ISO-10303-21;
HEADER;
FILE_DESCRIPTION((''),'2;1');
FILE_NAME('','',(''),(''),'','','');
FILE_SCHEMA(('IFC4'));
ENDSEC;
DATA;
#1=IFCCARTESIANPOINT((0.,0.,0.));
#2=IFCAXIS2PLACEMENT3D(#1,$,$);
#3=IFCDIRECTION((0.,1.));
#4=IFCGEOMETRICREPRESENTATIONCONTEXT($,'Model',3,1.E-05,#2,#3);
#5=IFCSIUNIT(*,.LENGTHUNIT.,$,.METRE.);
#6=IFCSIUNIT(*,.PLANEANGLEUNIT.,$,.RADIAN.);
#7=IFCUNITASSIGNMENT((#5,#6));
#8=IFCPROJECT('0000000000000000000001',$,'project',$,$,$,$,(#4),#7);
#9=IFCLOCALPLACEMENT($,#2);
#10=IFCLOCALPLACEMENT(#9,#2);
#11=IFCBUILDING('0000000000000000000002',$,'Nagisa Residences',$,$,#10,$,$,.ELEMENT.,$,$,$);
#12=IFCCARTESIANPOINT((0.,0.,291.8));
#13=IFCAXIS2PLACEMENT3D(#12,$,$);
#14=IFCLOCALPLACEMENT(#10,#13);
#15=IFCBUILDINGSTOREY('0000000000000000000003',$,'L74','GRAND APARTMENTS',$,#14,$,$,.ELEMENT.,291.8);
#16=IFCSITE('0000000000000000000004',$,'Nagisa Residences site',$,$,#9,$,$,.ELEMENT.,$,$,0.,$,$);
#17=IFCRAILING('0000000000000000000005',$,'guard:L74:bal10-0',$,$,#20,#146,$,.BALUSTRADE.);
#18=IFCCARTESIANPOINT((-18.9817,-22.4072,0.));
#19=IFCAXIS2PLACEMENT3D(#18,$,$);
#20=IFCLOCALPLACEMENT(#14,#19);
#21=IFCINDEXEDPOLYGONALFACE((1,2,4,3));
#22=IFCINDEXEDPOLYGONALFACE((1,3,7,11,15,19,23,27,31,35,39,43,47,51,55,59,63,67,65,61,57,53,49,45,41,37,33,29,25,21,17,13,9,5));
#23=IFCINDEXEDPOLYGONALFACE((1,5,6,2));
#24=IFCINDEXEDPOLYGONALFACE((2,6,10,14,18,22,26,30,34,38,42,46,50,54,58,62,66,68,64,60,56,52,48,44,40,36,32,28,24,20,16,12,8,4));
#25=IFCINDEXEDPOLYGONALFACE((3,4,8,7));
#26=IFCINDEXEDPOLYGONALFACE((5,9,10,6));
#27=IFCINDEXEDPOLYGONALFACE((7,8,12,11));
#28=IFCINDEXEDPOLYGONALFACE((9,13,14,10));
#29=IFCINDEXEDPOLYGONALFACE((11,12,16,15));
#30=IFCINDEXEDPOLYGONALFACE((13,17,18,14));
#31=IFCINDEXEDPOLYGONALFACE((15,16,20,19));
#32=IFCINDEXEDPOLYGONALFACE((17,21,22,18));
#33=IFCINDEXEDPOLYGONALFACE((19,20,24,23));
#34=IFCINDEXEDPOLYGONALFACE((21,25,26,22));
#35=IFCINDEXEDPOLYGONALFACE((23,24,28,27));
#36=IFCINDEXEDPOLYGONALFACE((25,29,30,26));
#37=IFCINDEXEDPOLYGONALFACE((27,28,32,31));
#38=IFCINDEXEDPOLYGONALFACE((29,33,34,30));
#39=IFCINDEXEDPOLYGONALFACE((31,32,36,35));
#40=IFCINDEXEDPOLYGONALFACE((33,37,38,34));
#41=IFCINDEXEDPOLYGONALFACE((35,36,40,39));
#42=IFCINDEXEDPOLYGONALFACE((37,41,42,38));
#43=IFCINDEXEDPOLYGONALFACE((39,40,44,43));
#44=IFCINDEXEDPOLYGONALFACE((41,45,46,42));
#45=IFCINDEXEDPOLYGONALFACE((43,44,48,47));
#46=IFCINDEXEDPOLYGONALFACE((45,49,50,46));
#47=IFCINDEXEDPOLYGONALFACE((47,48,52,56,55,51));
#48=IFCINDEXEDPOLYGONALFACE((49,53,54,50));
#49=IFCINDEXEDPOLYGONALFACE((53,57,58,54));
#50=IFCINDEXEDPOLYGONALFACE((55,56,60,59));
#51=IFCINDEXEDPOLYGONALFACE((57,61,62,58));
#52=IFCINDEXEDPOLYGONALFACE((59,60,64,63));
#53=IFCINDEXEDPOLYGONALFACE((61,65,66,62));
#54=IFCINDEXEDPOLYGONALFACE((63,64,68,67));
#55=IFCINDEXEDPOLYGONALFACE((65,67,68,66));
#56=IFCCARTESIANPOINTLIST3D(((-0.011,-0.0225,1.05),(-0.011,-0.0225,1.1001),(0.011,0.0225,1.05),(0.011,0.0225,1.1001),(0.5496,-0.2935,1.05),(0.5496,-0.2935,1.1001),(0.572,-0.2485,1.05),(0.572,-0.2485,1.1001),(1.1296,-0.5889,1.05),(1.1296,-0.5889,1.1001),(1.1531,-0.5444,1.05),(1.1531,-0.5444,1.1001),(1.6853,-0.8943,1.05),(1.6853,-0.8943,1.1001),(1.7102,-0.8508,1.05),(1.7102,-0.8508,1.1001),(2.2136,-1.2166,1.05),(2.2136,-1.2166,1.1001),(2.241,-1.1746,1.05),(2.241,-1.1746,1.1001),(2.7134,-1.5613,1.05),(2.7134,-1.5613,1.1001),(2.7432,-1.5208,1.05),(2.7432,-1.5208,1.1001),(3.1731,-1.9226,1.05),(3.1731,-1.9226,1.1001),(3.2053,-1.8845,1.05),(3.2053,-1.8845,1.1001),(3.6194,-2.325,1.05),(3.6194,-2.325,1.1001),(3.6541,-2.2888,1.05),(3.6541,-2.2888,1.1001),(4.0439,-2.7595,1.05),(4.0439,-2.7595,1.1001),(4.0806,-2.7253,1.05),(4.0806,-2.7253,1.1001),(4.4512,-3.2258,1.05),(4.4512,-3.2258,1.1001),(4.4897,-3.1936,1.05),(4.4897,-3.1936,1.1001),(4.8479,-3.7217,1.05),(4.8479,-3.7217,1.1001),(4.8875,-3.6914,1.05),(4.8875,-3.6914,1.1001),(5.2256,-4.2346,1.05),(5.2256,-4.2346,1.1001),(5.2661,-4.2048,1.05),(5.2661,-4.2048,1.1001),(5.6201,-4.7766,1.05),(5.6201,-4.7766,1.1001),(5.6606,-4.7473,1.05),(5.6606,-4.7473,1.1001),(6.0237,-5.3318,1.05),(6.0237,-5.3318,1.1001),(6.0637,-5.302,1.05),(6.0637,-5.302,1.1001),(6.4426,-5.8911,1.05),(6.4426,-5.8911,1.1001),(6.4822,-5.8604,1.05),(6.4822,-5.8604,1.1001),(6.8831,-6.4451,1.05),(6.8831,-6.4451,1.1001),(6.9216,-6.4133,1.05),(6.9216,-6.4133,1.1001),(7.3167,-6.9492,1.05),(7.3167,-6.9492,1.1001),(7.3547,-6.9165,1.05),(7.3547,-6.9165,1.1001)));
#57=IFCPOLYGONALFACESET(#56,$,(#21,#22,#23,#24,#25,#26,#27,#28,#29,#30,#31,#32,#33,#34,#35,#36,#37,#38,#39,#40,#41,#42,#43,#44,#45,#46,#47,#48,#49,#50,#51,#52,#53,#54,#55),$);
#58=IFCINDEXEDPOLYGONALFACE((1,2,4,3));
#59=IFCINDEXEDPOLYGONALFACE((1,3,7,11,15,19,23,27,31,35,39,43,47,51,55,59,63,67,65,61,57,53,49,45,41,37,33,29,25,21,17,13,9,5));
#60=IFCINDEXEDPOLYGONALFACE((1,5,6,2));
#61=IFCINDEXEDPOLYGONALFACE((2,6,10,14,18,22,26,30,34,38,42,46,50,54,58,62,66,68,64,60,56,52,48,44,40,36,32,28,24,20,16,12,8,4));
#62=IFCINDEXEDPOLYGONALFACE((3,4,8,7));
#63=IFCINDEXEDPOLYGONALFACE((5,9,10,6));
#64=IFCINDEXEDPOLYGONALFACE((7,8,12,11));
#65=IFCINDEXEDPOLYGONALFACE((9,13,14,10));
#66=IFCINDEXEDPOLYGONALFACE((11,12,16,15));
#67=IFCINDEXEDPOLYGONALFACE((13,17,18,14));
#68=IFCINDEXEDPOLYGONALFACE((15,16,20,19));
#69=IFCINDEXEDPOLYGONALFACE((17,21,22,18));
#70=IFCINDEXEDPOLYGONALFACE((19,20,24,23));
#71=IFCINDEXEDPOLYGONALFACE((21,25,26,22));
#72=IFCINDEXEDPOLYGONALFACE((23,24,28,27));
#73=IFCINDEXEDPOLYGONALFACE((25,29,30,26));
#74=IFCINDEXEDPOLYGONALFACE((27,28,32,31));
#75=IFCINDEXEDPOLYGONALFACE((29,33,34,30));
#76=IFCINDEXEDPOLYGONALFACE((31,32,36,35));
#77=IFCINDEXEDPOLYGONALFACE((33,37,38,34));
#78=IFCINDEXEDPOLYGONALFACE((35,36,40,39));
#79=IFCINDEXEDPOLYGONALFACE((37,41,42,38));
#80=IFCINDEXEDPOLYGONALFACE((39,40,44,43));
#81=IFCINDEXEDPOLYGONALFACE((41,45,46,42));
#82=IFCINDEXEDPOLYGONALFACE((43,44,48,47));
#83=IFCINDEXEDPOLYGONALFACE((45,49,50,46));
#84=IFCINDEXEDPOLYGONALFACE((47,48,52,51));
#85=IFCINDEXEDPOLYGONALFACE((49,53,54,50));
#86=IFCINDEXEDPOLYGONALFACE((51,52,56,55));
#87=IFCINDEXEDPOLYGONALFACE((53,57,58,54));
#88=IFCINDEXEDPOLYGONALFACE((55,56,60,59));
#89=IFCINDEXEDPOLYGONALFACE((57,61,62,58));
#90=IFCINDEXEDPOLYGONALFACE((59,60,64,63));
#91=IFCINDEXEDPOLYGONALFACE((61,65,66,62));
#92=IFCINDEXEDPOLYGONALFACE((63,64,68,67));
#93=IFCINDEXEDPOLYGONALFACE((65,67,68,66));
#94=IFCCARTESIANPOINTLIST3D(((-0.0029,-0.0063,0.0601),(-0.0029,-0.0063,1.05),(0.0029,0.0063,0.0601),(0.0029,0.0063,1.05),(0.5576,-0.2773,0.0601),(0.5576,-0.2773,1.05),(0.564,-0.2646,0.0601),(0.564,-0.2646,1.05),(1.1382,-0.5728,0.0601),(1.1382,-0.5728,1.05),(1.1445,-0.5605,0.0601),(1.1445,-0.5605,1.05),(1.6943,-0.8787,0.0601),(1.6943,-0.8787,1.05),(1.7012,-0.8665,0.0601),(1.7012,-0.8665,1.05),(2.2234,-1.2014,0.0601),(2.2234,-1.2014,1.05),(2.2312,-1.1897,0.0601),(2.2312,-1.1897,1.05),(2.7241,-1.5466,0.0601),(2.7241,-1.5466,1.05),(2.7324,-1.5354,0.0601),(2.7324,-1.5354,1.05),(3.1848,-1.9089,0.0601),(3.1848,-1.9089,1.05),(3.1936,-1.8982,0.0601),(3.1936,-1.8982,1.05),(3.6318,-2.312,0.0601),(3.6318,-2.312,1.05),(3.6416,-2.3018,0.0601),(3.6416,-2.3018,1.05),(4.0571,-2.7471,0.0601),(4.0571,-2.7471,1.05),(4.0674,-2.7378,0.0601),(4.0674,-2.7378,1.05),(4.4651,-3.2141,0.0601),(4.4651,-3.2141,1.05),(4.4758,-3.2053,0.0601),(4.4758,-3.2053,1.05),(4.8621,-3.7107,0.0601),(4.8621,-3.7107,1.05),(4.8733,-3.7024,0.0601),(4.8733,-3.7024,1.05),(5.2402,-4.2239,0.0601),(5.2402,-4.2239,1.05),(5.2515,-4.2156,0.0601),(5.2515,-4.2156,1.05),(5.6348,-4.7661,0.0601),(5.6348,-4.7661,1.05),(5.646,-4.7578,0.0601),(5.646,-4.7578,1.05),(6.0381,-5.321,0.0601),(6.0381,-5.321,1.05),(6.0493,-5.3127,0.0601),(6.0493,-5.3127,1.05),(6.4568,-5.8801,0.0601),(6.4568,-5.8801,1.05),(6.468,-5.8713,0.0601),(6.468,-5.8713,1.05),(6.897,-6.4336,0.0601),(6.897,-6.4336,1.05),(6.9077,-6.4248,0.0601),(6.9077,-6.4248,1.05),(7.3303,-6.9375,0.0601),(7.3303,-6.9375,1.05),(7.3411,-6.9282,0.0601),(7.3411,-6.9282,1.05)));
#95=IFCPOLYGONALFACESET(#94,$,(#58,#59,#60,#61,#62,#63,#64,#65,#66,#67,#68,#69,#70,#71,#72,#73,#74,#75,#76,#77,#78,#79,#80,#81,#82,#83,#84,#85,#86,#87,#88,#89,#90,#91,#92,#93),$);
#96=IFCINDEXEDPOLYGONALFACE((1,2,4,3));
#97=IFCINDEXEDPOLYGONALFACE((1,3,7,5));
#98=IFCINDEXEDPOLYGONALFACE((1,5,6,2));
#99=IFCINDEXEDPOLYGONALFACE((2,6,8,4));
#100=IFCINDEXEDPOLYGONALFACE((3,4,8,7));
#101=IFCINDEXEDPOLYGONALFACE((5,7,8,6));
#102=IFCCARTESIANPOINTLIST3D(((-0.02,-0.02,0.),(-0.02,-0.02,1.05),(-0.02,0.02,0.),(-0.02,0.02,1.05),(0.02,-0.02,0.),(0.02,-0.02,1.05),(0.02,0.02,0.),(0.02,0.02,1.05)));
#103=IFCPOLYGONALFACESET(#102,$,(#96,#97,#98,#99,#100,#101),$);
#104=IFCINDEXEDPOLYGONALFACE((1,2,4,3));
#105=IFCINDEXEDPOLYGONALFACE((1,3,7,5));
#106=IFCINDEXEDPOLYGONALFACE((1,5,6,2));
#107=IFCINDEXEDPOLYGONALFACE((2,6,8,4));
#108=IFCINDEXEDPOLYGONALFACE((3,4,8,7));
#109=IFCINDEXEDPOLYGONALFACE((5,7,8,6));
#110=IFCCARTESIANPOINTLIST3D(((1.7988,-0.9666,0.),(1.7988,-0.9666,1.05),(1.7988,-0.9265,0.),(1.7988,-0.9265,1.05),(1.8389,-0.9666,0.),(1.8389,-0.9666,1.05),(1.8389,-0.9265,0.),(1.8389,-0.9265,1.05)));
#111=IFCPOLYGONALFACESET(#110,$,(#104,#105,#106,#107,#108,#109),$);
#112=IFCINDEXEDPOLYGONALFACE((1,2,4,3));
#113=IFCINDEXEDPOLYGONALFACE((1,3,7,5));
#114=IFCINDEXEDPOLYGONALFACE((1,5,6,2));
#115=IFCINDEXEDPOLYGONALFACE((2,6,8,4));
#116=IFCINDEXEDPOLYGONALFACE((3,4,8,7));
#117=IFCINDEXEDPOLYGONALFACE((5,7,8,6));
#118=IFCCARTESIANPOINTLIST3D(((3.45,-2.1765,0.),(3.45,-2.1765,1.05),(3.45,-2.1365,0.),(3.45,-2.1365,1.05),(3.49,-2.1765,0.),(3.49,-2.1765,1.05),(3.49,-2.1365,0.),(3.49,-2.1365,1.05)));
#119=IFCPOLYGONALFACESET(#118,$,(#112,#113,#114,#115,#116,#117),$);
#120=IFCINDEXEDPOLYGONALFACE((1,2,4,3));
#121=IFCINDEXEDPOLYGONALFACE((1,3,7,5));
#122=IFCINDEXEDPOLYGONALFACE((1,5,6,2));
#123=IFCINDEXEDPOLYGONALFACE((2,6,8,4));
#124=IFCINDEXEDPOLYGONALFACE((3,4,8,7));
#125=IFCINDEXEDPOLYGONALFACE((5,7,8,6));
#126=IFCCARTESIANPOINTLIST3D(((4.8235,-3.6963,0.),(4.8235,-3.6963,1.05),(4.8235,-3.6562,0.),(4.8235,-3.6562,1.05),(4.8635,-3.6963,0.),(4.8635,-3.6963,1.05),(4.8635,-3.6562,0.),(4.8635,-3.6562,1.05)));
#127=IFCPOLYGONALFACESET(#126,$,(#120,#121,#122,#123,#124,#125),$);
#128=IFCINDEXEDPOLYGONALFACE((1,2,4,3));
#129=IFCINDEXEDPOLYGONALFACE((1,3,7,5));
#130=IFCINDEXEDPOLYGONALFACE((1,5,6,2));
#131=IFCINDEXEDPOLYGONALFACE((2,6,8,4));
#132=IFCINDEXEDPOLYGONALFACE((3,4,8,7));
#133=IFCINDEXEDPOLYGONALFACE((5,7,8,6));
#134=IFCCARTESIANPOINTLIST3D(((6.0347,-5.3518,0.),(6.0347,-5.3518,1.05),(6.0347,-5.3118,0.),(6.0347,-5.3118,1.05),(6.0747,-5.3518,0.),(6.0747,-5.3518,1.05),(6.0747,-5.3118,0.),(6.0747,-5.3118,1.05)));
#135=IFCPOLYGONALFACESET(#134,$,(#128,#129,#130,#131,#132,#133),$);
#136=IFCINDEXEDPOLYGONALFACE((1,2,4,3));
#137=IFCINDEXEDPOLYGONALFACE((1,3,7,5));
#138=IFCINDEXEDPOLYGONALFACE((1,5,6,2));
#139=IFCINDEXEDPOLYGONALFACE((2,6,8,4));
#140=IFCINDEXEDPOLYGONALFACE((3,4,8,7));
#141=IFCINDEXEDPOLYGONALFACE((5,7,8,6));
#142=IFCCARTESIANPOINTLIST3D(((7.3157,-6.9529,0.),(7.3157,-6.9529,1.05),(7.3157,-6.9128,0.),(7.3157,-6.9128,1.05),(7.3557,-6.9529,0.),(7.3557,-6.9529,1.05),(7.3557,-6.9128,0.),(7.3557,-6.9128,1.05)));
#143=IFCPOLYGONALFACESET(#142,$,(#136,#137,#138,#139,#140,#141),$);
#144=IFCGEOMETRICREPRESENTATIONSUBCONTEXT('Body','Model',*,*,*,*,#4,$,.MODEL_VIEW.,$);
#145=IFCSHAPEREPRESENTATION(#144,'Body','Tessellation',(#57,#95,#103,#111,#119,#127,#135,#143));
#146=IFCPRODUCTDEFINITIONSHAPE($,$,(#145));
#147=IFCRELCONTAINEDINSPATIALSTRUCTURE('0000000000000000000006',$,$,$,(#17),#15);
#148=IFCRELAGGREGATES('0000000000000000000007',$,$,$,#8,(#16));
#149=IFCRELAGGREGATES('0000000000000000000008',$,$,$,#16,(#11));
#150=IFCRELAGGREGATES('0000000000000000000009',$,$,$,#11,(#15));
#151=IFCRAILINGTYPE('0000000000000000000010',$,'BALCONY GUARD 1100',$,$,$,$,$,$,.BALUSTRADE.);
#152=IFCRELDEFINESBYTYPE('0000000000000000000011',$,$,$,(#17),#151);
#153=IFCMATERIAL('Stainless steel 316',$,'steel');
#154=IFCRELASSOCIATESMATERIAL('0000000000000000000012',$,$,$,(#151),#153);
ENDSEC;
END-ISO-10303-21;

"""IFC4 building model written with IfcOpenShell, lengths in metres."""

from ifc_helpers import new_model, si_unit, direction, frame, origin, origin_2d, place, context, subcontext, project, spatial, polyline, rectangle, outline, extrude, material, type_object, element, save


model = new_model("IFC4")

# Units and contexts
model_context = context("Model", 3, precision=1e-05, world=origin(), true_north=direction((0.0, 1.0)))
body_context = subcontext(model_context, "Body", "Model", "MODEL_VIEW")
ifc_project = project(units=[si_unit("LENGTHUNIT", "METRE"), si_unit("PLANEANGLEUNIT", "RADIAN")], contexts=[model_context])

# Site, building, storey
site_placement = place(None, origin())
site = spatial("IfcSite", under=ifc_project, at=site_placement, Name="Nagisa Residences site", CompositionType="ELEMENT", RefElevation=0.0)
building_placement = place(site_placement, origin())
building = spatial("IfcBuilding", under=site, at=building_placement, Name="Nagisa Residences", CompositionType="ELEMENT")
storey_placement = place(building_placement, frame((0.0, 0.0, 291.8)))
storey = spatial("IfcBuildingStorey", under=building, at=storey_placement, Name="L74", Description="GRAND APARTMENTS", CompositionType="ELEMENT", Elevation=291.8)

# Railing
ifc_material_1 = material(Name="Stainless steel 316", Category="steel")
railing_type = type_object("IfcRailingType", Name="BALCONY GUARD 1100", PredefinedType="BALUSTRADE", material=ifc_material_1)
railing_1_placement = place(storey_placement, frame((-18.9817, -22.4072, 0.0)))
element("IfcRailing", 1, at=railing_1_placement, inside=storey, type_object=railing_type, Name="guard:L74:bal10-0", PredefinedType="BALUSTRADE", context=body_context, shape_type="SweptSolid", body=[
    extrude(outline(polyline([(0.572, -0.2485), (0.011, 0.0225), (-0.011, -0.0225), (0.5496, -0.2935), (1.1296, -0.5889), (1.6853, -0.8943), (2.2136, -1.2166), (2.7134, -1.5613), (3.1731, -1.9226), (3.6194, -2.325), (4.0439, -2.7595), (4.4512, -3.2258), (4.8479, -3.7217), (5.2256, -4.2346), (5.6201, -4.7766), (6.0237, -5.3318), (6.4426, -5.8911), (6.8831, -6.4451), (7.3167, -6.9492), (7.3547, -6.9165), (6.9216, -6.4133), (6.4822, -5.8604), (6.0637, -5.302), (5.6606, -4.7473), (5.2661, -4.2048), (4.8875, -3.6914), (4.4897, -3.1936), (4.0806, -2.7253), (3.6541, -2.2888), (3.2053, -1.8845), (2.7432, -1.5208), (2.241, -1.1746), (1.7102, -0.8508), (1.1531, -0.5444), (0.572, -0.2485)])), frame((0.0, 0.0, 1.05)), (0.0, 0.0, 1.0), 0.05),
    extrude(outline(polyline([(0.564, -0.2646), (0.0029, 0.0063), (-0.0029, -0.0063), (0.5576, -0.2773), (1.1382, -0.5728), (1.6943, -0.8787), (2.2234, -1.2014), (2.7241, -1.5466), (3.1848, -1.9089), (3.6318, -2.312), (4.0571, -2.7471), (4.4651, -3.2141), (4.8621, -3.7107), (5.2402, -4.2239), (5.6348, -4.7661), (6.0381, -5.321), (6.4568, -5.8801), (6.897, -6.4336), (7.3303, -6.9375), (7.3411, -6.9282), (6.9077, -6.4248), (6.468, -5.8713), (6.0493, -5.3127), (5.646, -4.7578), (5.2515, -4.2156), (4.8733, -3.7024), (4.4758, -3.2053), (4.0674, -2.7378), (3.6416, -2.3018), (3.1936, -1.8982), (2.7324, -1.5354), (2.2312, -1.1897), (1.7012, -0.8665), (1.1445, -0.5605), (0.564, -0.2646)])), frame((0.0, 0.0, 0.0601)), (0.0, 0.0, 1.0), 0.99),
    extrude(rectangle(XDim=0.04, YDim=0.04, at=origin_2d()), origin(), (0.0, 0.0, 1.0), 1.05),
    extrude(rectangle(XDim=0.04, YDim=0.04, at=origin_2d()), frame((1.8188, -0.9465, 0.0)), (0.0, 0.0, 1.0), 1.05),
    extrude(rectangle(XDim=0.04, YDim=0.04, at=origin_2d()), frame((3.47, -2.1565, 0.0)), (0.0, 0.0, 1.0), 1.05),
    extrude(rectangle(XDim=0.04, YDim=0.04, at=origin_2d()), frame((4.8435, -3.6763, 0.0)), (0.0, 0.0, 1.0), 1.05),
    extrude(rectangle(XDim=0.04, YDim=0.04, at=origin_2d()), frame((6.0547, -5.3318, 0.0)), (0.0, 0.0, 1.0), 1.05),
    extrude(rectangle(XDim=0.04, YDim=0.04, at=origin_2d()), frame((7.3357, -6.9329, 0.0)), (0.0, 0.0, 1.0), 1.05),
])

save(model, "model.ifc")
